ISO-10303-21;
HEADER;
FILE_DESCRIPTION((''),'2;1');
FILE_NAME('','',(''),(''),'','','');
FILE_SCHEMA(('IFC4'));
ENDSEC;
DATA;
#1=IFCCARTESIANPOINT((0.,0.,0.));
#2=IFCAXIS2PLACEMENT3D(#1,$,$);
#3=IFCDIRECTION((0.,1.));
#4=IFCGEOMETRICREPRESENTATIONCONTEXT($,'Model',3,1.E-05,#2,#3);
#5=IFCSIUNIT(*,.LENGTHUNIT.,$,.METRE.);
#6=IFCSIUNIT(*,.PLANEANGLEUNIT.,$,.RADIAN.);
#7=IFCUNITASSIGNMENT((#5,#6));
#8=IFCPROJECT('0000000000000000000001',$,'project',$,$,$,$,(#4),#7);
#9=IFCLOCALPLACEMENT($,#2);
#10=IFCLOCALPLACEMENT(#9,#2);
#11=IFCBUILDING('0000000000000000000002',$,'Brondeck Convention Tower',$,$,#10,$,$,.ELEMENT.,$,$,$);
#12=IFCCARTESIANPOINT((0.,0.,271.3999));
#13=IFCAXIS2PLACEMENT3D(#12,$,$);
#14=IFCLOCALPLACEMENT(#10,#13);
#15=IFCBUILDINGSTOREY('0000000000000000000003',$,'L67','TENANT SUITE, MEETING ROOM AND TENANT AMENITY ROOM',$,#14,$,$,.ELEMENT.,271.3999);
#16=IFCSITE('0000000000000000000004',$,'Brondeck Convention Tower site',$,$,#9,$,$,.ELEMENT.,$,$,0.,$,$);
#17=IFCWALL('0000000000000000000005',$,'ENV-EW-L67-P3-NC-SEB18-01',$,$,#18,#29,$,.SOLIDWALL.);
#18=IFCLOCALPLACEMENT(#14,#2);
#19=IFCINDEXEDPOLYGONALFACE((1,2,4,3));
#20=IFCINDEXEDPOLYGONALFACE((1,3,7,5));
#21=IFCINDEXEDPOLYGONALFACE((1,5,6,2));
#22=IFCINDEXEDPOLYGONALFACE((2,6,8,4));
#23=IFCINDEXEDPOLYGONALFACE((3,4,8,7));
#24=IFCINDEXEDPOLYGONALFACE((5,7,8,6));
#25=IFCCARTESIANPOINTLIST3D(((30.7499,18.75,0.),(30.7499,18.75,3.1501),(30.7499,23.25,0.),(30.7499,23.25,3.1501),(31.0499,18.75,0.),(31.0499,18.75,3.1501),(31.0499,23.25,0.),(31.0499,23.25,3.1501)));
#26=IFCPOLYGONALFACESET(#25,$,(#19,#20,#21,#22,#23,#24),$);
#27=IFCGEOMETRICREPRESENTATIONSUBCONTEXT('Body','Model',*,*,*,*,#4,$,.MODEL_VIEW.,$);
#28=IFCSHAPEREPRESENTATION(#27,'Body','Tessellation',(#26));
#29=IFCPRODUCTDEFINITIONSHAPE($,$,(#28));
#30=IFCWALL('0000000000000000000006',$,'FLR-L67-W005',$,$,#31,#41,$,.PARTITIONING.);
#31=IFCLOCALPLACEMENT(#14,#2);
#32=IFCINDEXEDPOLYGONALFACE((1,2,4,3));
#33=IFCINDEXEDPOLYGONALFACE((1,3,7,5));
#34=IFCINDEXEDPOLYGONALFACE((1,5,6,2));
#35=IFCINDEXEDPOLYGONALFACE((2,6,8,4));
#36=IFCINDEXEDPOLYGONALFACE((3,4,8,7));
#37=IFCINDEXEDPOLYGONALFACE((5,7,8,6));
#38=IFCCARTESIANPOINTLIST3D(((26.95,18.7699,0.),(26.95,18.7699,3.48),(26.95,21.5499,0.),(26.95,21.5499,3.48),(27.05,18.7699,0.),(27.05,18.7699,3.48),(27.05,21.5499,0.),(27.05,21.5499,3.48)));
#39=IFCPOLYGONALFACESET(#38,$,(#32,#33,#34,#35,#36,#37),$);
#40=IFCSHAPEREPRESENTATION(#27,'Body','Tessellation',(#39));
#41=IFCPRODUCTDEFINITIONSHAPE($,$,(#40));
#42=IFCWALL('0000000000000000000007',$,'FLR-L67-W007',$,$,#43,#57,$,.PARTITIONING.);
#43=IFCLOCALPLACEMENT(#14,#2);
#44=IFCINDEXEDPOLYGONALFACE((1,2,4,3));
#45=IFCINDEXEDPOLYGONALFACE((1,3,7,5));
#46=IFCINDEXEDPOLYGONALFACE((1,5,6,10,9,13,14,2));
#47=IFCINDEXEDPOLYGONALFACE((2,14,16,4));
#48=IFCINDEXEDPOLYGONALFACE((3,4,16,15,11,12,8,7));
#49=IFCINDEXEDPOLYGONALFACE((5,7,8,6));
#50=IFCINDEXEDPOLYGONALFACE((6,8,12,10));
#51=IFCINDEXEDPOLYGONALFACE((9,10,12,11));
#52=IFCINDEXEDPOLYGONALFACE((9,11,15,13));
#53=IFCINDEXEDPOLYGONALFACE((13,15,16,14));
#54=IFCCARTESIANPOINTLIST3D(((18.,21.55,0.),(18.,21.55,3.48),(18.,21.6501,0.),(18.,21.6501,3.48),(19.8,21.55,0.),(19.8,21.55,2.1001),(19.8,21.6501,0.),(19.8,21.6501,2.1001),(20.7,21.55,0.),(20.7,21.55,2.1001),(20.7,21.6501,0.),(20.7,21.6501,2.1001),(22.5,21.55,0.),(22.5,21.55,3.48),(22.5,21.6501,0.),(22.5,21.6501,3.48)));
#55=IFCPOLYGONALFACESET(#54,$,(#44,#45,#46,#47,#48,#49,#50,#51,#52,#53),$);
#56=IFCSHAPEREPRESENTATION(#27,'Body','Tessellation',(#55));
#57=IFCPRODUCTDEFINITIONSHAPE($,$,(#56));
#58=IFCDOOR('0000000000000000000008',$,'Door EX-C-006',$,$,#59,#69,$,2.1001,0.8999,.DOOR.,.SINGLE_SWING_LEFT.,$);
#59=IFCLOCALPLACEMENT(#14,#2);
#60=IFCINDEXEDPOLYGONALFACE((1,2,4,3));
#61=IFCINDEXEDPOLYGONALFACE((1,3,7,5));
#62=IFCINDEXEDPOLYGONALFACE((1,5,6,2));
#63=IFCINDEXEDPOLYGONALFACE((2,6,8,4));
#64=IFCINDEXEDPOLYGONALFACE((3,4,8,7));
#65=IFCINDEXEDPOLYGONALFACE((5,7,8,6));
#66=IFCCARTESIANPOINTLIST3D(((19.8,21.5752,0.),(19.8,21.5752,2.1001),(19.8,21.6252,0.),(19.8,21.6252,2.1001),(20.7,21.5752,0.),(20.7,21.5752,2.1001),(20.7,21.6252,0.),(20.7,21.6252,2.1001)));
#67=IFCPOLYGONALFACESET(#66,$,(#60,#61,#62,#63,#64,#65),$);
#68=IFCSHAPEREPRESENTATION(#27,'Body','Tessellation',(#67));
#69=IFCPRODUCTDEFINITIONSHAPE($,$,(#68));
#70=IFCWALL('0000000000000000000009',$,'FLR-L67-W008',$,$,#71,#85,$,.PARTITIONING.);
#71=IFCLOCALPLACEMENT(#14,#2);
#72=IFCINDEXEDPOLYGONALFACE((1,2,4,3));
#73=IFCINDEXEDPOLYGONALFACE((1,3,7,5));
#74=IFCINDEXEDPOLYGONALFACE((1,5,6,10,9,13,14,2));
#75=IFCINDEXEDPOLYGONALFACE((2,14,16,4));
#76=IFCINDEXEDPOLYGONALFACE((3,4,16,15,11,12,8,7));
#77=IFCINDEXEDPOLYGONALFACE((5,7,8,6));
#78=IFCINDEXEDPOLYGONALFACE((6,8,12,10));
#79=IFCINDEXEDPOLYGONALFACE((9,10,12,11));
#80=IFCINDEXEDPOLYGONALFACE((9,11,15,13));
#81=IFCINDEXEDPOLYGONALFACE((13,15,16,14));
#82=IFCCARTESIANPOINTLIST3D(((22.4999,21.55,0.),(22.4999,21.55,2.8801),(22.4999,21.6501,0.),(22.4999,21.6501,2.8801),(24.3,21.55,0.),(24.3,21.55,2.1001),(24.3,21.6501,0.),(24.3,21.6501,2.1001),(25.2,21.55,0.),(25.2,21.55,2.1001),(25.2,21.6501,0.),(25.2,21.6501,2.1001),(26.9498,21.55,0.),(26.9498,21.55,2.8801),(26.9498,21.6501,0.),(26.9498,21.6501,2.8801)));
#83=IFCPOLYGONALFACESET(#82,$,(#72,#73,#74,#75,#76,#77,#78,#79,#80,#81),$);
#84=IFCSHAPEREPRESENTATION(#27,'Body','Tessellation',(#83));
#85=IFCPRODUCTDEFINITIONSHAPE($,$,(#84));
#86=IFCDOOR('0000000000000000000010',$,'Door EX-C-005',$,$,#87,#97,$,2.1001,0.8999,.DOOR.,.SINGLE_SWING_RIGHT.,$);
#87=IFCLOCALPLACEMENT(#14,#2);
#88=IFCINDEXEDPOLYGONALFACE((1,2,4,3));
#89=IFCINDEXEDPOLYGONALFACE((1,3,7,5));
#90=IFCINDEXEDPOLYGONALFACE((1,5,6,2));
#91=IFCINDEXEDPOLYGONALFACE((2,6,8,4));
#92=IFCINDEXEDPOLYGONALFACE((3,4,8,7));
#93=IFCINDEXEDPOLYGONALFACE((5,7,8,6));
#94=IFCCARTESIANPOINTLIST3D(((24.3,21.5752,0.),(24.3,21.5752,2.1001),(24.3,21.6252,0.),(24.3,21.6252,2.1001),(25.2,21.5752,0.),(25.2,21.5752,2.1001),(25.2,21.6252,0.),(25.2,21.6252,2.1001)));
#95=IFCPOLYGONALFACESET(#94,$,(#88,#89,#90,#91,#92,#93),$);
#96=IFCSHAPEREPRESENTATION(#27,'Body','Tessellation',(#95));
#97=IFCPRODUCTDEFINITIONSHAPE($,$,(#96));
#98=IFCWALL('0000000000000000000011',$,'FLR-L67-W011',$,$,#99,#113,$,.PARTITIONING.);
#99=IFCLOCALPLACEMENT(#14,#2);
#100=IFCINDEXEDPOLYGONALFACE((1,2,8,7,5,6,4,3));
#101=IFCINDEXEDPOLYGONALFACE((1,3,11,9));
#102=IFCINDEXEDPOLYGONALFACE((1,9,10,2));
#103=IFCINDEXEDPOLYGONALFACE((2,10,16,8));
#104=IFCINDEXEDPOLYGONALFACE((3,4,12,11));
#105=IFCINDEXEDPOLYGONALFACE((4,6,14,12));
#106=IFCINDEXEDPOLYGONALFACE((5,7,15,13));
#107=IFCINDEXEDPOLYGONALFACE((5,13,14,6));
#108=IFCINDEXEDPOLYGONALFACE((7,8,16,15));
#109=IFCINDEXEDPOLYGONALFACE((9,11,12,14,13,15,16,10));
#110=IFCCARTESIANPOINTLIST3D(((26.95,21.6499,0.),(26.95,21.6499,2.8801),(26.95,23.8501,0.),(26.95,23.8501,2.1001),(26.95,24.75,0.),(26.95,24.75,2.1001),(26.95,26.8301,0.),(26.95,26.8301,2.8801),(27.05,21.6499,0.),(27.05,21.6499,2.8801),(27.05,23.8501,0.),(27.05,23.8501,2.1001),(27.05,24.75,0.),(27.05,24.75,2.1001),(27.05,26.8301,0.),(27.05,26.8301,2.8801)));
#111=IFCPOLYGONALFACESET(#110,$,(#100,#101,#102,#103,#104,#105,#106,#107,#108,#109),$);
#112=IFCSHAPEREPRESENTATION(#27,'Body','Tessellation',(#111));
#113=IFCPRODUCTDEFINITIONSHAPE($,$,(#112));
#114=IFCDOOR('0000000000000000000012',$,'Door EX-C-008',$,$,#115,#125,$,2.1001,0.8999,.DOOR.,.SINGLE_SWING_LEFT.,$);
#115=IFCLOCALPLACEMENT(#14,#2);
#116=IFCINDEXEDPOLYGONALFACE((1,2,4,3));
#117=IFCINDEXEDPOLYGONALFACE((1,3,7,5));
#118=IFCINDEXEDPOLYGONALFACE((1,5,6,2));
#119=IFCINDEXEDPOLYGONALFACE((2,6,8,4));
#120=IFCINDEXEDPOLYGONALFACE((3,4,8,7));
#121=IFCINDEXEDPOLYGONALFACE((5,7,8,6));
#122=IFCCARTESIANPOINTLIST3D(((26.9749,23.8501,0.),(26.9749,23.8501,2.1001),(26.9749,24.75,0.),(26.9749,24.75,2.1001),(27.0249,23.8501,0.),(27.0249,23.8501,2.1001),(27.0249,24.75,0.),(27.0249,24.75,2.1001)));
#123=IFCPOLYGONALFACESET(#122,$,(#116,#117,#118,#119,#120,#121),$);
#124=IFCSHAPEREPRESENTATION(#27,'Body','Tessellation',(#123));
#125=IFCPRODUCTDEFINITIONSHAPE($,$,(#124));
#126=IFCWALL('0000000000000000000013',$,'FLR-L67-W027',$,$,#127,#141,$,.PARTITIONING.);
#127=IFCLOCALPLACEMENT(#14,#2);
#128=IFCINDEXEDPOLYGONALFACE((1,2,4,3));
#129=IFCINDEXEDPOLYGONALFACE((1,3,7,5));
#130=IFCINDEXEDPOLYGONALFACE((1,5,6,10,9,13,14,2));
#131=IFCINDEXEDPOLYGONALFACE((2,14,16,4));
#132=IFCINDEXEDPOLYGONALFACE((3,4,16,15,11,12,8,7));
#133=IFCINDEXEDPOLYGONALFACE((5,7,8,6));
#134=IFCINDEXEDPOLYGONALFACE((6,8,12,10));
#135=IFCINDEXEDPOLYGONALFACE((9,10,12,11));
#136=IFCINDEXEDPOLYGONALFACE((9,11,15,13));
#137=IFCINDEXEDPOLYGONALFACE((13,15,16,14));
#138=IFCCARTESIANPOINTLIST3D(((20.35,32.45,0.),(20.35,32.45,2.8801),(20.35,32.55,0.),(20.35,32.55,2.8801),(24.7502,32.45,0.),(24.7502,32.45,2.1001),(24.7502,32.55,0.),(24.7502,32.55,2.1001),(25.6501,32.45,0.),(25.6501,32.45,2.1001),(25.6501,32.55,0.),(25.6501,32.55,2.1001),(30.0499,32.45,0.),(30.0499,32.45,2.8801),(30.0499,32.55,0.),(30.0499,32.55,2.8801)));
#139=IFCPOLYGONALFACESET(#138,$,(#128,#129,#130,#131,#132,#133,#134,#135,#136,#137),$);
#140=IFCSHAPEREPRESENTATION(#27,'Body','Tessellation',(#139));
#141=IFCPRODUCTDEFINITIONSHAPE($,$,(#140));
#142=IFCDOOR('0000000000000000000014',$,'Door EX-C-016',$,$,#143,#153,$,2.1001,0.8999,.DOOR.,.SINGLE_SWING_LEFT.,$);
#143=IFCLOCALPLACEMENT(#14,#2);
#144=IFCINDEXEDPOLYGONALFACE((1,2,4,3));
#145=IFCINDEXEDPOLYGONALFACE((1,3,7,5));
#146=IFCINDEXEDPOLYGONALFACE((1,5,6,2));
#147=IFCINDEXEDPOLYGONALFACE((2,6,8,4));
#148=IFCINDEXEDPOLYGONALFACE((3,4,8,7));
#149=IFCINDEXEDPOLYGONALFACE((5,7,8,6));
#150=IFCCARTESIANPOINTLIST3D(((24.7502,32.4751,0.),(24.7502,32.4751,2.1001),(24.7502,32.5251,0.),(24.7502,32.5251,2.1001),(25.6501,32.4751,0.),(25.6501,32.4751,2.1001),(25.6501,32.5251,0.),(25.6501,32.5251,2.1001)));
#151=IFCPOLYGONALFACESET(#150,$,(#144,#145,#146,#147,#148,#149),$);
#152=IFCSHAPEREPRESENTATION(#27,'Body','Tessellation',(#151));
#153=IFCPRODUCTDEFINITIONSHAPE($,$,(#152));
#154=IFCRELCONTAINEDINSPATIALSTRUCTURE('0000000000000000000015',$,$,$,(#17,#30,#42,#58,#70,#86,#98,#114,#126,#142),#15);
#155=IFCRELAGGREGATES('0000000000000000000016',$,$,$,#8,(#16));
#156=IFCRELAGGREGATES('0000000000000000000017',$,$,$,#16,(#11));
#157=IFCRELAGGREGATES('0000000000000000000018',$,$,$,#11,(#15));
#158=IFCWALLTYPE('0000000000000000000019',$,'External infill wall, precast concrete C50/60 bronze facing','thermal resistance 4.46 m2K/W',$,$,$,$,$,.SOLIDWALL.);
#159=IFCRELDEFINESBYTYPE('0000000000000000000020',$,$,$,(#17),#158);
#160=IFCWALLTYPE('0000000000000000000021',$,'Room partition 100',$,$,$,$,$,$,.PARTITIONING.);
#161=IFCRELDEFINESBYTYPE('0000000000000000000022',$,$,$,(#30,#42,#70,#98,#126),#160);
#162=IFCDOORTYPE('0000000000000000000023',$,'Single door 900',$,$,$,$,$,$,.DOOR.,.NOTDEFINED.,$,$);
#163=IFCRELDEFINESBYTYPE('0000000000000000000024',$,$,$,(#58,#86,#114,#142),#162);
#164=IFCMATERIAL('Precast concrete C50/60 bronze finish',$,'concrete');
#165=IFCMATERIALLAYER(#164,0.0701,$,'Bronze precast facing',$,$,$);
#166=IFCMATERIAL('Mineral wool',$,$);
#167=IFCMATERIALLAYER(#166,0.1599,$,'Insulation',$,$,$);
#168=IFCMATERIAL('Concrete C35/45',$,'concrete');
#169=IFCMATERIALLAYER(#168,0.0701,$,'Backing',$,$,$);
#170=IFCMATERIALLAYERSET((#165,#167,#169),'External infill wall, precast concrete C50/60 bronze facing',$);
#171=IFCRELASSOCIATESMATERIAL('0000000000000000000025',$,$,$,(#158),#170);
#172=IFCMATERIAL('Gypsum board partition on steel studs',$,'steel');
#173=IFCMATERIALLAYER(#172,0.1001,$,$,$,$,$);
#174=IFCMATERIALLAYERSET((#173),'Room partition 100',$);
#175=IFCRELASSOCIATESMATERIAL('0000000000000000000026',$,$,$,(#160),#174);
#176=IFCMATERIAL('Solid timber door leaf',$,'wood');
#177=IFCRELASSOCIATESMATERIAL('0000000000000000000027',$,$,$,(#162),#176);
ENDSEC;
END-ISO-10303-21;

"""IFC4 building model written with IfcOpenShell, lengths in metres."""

from ifc_helpers import new_model, si_unit, direction, frame, frame_2d, origin, place, context, subcontext, project, spatial, rectangle, extrude, material, layer, layer_set, type_object, element, fill, save


model = new_model("IFC4")

# Units and contexts
model_context = context("Model", 3, precision=1e-05, world=origin(), true_north=direction((0.0, 1.0)))
body_context = subcontext(model_context, "Body", "Model", "MODEL_VIEW")
ifc_project = project(units=[si_unit("LENGTHUNIT", "METRE"), si_unit("PLANEANGLEUNIT", "RADIAN")], contexts=[model_context])

# Site, building, storey
site_placement = place(None, origin())
site = spatial("IfcSite", under=ifc_project, at=site_placement, Name="Brondeck Convention Tower site", CompositionType="ELEMENT", RefElevation=0.0)
building_placement = place(site_placement, origin())
building = spatial("IfcBuilding", under=site, at=building_placement, Name="Brondeck Convention Tower", CompositionType="ELEMENT")
storey_placement = place(building_placement, frame((0.0, 0.0, 271.3999)))
storey = spatial("IfcBuildingStorey", under=building, at=storey_placement, Name="L67", Description="TENANT SUITE, MEETING ROOM AND TENANT AMENITY ROOM", CompositionType="ELEMENT", Elevation=271.3999)

# Shared definitions
ifc_material_1 = material(Name="Precast concrete C50/60 bronze finish", Category="concrete")
ifc_layer_1 = layer(ifc_material_1, 0.0701, Name="Bronze precast facing")
ifc_material_2 = material(Name="Mineral wool")
ifc_layer_2 = layer(ifc_material_2, 0.1599, Name="Insulation")
ifc_material_3 = material(Name="Concrete C35/45", Category="concrete")
ifc_layer_3 = layer(ifc_material_3, 0.0701, Name="Backing")
ifc_layer_set_1 = layer_set([ifc_layer_1, ifc_layer_2, ifc_layer_3], Name="External infill wall, precast concrete C50/60 bronze facing")
wall_type_1 = type_object("IfcWallType", Name="External infill wall, precast concrete C50/60 bronze facing", Description="thermal resistance 4.46 m2K/W", PredefinedType="SOLIDWALL", material=ifc_layer_set_1)

# Walls
wall_1_placement = place(storey_placement, frame((30.8999, 23.25, 0.0), z_axis=(0.0, 0.0, 1.0), x_axis=(0.0, -1.0, 0.0)))
element("IfcWall", 1, at=wall_1_placement, inside=storey, type_object=wall_type_1, Name="ENV-EW-L67-P3-NC-SEB18-01", PredefinedType="SOLIDWALL", context=body_context, shape_type="SweptSolid", body=[
    extrude(rectangle(XDim=4.5, YDim=0.3, at=frame_2d((2.25, 0.0))), origin(), (0.0, 0.0, 1.0), 3.1501),
])
ifc_material_4 = material(Name="Gypsum board partition on steel studs", Category="steel")
ifc_layer_4 = layer(ifc_material_4, 0.1001)
ifc_layer_set_2 = layer_set([ifc_layer_4], Name="Room partition 100")
wall_type_2 = type_object("IfcWallType", Name="Room partition 100", PredefinedType="PARTITIONING", material=ifc_layer_set_2)
wall_2_placement = place(storey_placement, frame((27.0, 21.55, 0.0), z_axis=(0.0, 0.0, 1.0), x_axis=(0.0, -1.0, 0.0)))
element("IfcWall", 2, at=wall_2_placement, inside=storey, type_object=wall_type_2, Name="FLR-L67-W005", PredefinedType="PARTITIONING", context=body_context, shape_type="SweptSolid", body=[
    extrude(rectangle(XDim=2.78, YDim=0.1001, at=frame_2d((1.3901, 0.0))), origin(), (0.0, 0.0, 1.0), 3.48),
])

# Walls, openings, doors
wall_3_placement = place(storey_placement, frame((22.5, 21.6001, 0.0), z_axis=(0.0, 0.0, 1.0), x_axis=(-1.0, 0.0, 0.0)))
wall_3 = element("IfcWall", 3, at=wall_3_placement, inside=storey, type_object=wall_type_2, Name="FLR-L67-W007", PredefinedType="PARTITIONING", context=body_context, shape_type="SweptSolid", body=[
    extrude(rectangle(XDim=4.5, YDim=0.1001, at=frame_2d((2.25, 0.0))), origin(), (0.0, 0.0, 1.0), 3.48),
])
opening_1_placement = place(wall_3_placement, frame((1.8, 0.0, 0.0)))
opening_1 = element("IfcOpeningElement", 4, at=opening_1_placement, cuts=wall_3, PredefinedType="OPENING", context=body_context, shape_type="SweptSolid", body=[
    extrude(rectangle(XDim=0.8999, YDim=2.1001, at=frame_2d((0.45, 1.05))), frame((0.0, 0.0601, 0.0), z_axis=(0.0, -1.0, 0.0), x_axis=(1.0, 0.0, 0.0)), (0.0, 0.0, 1.0), 0.1201),
])
ifc_material_5 = material(Name="Solid timber door leaf", Category="wood")
door_type = type_object("IfcDoorType", Name="Single door 900", OperationType="NOTDEFINED", PredefinedType="DOOR", material=ifc_material_5)
door_1_placement = place(opening_1_placement, origin())
door_1 = element("IfcDoor", 5, at=door_1_placement, inside=storey, type_object=door_type, Name="Door EX-C-006", OperationType="SINGLE_SWING_LEFT", OverallHeight=2.1001, OverallWidth=0.8999, PredefinedType="DOOR", context=body_context, shape_type="SweptSolid", body=[
    extrude(rectangle(XDim=0.8999, YDim=2.1001, at=frame_2d((0.45, 1.05))), frame((0.0, 0.0249, 0.0), z_axis=(0.0, -1.0, 0.0), x_axis=(1.0, 0.0, 0.0)), (0.0, 0.0, 1.0), 0.05),
])
fill(opening_1, door_1)
wall_4_placement = place(storey_placement, frame((26.95, 21.6001, 0.0), z_axis=(0.0, 0.0, 1.0), x_axis=(-1.0, 0.0, 0.0)))
wall_4 = element("IfcWall", 6, at=wall_4_placement, inside=storey, type_object=wall_type_2, Name="FLR-L67-W008", PredefinedType="PARTITIONING", context=body_context, shape_type="SweptSolid", body=[
    extrude(rectangle(XDim=4.45, YDim=0.1001, at=frame_2d((2.2251, 0.0))), origin(), (0.0, 0.0, 1.0), 2.8801),
])
opening_2_placement = place(wall_4_placement, frame((1.75, 0.0, 0.0)))
opening_2 = element("IfcOpeningElement", 7, at=opening_2_placement, cuts=wall_4, PredefinedType="OPENING", context=body_context, shape_type="SweptSolid", body=[
    extrude(rectangle(XDim=0.8999, YDim=2.1001, at=frame_2d((0.45, 1.05))), frame((0.0, 0.0601, 0.0), z_axis=(0.0, -1.0, 0.0), x_axis=(1.0, 0.0, 0.0)), (0.0, 0.0, 1.0), 0.1201),
])
door_2_placement = place(opening_2_placement, origin())
door_2 = element("IfcDoor", 8, at=door_2_placement, inside=storey, type_object=door_type, Name="Door EX-C-005", OperationType="SINGLE_SWING_RIGHT", OverallHeight=2.1001, OverallWidth=0.8999, PredefinedType="DOOR", context=body_context, shape_type="SweptSolid", body=[
    extrude(rectangle(XDim=0.8999, YDim=2.1001, at=frame_2d((0.45, 1.05))), frame((0.0, 0.0249, 0.0), z_axis=(0.0, -1.0, 0.0), x_axis=(1.0, 0.0, 0.0)), (0.0, 0.0, 1.0), 0.05),
])
fill(opening_2, door_2)
wall_5_placement = place(storey_placement, frame((27.0, 26.8301, 0.0), z_axis=(0.0, 0.0, 1.0), x_axis=(0.0, -1.0, 0.0)))
wall_5 = element("IfcWall", 9, at=wall_5_placement, inside=storey, type_object=wall_type_2, Name="FLR-L67-W011", PredefinedType="PARTITIONING", context=body_context, shape_type="SweptSolid", body=[
    extrude(rectangle(XDim=5.1802, YDim=0.1001, at=frame_2d((2.5901, 0.0))), origin(), (0.0, 0.0, 1.0), 2.8801),
])
opening_3_placement = place(wall_5_placement, frame((2.0801, 0.0, 0.0)))
opening_3 = element("IfcOpeningElement", 10, at=opening_3_placement, cuts=wall_5, PredefinedType="OPENING", context=body_context, shape_type="SweptSolid", body=[
    extrude(rectangle(XDim=0.8999, YDim=2.1001, at=frame_2d((0.45, 1.05))), frame((0.0, 0.0601, 0.0), z_axis=(0.0, -1.0, 0.0), x_axis=(1.0, 0.0, 0.0)), (0.0, 0.0, 1.0), 0.1201),
])
door_3_placement = place(opening_3_placement, origin())
door_3 = element("IfcDoor", 11, at=door_3_placement, inside=storey, type_object=door_type, Name="Door EX-C-008", OperationType="SINGLE_SWING_LEFT", OverallHeight=2.1001, OverallWidth=0.8999, PredefinedType="DOOR", context=body_context, shape_type="SweptSolid", body=[
    extrude(rectangle(XDim=0.8999, YDim=2.1001, at=frame_2d((0.45, 1.05))), frame((0.0, 0.0249, 0.0), z_axis=(0.0, -1.0, 0.0), x_axis=(1.0, 0.0, 0.0)), (0.0, 0.0, 1.0), 0.05),
])
fill(opening_3, door_3)
wall_6_placement = place(storey_placement, frame((30.05, 32.5, 0.0), z_axis=(0.0, 0.0, 1.0), x_axis=(-1.0, 0.0, 0.0)))
wall_6 = element("IfcWall", 12, at=wall_6_placement, inside=storey, type_object=wall_type_2, Name="FLR-L67-W027", PredefinedType="PARTITIONING", context=body_context, shape_type="SweptSolid", body=[
    extrude(rectangle(XDim=9.7, YDim=0.1001, at=frame_2d((4.8501, 0.0))), origin(), (0.0, 0.0, 1.0), 2.8801),
])
opening_4_placement = place(wall_6_placement, frame((4.3999, 0.0, 0.0)))
opening_4 = element("IfcOpeningElement", 13, at=opening_4_placement, cuts=wall_6, PredefinedType="OPENING", context=body_context, shape_type="SweptSolid", body=[
    extrude(rectangle(XDim=0.8999, YDim=2.1001, at=frame_2d((0.45, 1.05))), frame((0.0, 0.0601, 0.0), z_axis=(0.0, -1.0, 0.0), x_axis=(1.0, 0.0, 0.0)), (0.0, 0.0, 1.0), 0.1201),
])
door_4_placement = place(opening_4_placement, origin())
door_4 = element("IfcDoor", 14, at=door_4_placement, inside=storey, type_object=door_type, Name="Door EX-C-016", OperationType="SINGLE_SWING_LEFT", OverallHeight=2.1001, OverallWidth=0.8999, PredefinedType="DOOR", context=body_context, shape_type="SweptSolid", body=[
    extrude(rectangle(XDim=0.8999, YDim=2.1001, at=frame_2d((0.45, 1.05))), frame((0.0, 0.0249, 0.0), z_axis=(0.0, -1.0, 0.0), x_axis=(1.0, 0.0, 0.0)), (0.0, 0.0, 1.0), 0.05),
])
fill(opening_4, door_4)

save(model, "model.ifc")
